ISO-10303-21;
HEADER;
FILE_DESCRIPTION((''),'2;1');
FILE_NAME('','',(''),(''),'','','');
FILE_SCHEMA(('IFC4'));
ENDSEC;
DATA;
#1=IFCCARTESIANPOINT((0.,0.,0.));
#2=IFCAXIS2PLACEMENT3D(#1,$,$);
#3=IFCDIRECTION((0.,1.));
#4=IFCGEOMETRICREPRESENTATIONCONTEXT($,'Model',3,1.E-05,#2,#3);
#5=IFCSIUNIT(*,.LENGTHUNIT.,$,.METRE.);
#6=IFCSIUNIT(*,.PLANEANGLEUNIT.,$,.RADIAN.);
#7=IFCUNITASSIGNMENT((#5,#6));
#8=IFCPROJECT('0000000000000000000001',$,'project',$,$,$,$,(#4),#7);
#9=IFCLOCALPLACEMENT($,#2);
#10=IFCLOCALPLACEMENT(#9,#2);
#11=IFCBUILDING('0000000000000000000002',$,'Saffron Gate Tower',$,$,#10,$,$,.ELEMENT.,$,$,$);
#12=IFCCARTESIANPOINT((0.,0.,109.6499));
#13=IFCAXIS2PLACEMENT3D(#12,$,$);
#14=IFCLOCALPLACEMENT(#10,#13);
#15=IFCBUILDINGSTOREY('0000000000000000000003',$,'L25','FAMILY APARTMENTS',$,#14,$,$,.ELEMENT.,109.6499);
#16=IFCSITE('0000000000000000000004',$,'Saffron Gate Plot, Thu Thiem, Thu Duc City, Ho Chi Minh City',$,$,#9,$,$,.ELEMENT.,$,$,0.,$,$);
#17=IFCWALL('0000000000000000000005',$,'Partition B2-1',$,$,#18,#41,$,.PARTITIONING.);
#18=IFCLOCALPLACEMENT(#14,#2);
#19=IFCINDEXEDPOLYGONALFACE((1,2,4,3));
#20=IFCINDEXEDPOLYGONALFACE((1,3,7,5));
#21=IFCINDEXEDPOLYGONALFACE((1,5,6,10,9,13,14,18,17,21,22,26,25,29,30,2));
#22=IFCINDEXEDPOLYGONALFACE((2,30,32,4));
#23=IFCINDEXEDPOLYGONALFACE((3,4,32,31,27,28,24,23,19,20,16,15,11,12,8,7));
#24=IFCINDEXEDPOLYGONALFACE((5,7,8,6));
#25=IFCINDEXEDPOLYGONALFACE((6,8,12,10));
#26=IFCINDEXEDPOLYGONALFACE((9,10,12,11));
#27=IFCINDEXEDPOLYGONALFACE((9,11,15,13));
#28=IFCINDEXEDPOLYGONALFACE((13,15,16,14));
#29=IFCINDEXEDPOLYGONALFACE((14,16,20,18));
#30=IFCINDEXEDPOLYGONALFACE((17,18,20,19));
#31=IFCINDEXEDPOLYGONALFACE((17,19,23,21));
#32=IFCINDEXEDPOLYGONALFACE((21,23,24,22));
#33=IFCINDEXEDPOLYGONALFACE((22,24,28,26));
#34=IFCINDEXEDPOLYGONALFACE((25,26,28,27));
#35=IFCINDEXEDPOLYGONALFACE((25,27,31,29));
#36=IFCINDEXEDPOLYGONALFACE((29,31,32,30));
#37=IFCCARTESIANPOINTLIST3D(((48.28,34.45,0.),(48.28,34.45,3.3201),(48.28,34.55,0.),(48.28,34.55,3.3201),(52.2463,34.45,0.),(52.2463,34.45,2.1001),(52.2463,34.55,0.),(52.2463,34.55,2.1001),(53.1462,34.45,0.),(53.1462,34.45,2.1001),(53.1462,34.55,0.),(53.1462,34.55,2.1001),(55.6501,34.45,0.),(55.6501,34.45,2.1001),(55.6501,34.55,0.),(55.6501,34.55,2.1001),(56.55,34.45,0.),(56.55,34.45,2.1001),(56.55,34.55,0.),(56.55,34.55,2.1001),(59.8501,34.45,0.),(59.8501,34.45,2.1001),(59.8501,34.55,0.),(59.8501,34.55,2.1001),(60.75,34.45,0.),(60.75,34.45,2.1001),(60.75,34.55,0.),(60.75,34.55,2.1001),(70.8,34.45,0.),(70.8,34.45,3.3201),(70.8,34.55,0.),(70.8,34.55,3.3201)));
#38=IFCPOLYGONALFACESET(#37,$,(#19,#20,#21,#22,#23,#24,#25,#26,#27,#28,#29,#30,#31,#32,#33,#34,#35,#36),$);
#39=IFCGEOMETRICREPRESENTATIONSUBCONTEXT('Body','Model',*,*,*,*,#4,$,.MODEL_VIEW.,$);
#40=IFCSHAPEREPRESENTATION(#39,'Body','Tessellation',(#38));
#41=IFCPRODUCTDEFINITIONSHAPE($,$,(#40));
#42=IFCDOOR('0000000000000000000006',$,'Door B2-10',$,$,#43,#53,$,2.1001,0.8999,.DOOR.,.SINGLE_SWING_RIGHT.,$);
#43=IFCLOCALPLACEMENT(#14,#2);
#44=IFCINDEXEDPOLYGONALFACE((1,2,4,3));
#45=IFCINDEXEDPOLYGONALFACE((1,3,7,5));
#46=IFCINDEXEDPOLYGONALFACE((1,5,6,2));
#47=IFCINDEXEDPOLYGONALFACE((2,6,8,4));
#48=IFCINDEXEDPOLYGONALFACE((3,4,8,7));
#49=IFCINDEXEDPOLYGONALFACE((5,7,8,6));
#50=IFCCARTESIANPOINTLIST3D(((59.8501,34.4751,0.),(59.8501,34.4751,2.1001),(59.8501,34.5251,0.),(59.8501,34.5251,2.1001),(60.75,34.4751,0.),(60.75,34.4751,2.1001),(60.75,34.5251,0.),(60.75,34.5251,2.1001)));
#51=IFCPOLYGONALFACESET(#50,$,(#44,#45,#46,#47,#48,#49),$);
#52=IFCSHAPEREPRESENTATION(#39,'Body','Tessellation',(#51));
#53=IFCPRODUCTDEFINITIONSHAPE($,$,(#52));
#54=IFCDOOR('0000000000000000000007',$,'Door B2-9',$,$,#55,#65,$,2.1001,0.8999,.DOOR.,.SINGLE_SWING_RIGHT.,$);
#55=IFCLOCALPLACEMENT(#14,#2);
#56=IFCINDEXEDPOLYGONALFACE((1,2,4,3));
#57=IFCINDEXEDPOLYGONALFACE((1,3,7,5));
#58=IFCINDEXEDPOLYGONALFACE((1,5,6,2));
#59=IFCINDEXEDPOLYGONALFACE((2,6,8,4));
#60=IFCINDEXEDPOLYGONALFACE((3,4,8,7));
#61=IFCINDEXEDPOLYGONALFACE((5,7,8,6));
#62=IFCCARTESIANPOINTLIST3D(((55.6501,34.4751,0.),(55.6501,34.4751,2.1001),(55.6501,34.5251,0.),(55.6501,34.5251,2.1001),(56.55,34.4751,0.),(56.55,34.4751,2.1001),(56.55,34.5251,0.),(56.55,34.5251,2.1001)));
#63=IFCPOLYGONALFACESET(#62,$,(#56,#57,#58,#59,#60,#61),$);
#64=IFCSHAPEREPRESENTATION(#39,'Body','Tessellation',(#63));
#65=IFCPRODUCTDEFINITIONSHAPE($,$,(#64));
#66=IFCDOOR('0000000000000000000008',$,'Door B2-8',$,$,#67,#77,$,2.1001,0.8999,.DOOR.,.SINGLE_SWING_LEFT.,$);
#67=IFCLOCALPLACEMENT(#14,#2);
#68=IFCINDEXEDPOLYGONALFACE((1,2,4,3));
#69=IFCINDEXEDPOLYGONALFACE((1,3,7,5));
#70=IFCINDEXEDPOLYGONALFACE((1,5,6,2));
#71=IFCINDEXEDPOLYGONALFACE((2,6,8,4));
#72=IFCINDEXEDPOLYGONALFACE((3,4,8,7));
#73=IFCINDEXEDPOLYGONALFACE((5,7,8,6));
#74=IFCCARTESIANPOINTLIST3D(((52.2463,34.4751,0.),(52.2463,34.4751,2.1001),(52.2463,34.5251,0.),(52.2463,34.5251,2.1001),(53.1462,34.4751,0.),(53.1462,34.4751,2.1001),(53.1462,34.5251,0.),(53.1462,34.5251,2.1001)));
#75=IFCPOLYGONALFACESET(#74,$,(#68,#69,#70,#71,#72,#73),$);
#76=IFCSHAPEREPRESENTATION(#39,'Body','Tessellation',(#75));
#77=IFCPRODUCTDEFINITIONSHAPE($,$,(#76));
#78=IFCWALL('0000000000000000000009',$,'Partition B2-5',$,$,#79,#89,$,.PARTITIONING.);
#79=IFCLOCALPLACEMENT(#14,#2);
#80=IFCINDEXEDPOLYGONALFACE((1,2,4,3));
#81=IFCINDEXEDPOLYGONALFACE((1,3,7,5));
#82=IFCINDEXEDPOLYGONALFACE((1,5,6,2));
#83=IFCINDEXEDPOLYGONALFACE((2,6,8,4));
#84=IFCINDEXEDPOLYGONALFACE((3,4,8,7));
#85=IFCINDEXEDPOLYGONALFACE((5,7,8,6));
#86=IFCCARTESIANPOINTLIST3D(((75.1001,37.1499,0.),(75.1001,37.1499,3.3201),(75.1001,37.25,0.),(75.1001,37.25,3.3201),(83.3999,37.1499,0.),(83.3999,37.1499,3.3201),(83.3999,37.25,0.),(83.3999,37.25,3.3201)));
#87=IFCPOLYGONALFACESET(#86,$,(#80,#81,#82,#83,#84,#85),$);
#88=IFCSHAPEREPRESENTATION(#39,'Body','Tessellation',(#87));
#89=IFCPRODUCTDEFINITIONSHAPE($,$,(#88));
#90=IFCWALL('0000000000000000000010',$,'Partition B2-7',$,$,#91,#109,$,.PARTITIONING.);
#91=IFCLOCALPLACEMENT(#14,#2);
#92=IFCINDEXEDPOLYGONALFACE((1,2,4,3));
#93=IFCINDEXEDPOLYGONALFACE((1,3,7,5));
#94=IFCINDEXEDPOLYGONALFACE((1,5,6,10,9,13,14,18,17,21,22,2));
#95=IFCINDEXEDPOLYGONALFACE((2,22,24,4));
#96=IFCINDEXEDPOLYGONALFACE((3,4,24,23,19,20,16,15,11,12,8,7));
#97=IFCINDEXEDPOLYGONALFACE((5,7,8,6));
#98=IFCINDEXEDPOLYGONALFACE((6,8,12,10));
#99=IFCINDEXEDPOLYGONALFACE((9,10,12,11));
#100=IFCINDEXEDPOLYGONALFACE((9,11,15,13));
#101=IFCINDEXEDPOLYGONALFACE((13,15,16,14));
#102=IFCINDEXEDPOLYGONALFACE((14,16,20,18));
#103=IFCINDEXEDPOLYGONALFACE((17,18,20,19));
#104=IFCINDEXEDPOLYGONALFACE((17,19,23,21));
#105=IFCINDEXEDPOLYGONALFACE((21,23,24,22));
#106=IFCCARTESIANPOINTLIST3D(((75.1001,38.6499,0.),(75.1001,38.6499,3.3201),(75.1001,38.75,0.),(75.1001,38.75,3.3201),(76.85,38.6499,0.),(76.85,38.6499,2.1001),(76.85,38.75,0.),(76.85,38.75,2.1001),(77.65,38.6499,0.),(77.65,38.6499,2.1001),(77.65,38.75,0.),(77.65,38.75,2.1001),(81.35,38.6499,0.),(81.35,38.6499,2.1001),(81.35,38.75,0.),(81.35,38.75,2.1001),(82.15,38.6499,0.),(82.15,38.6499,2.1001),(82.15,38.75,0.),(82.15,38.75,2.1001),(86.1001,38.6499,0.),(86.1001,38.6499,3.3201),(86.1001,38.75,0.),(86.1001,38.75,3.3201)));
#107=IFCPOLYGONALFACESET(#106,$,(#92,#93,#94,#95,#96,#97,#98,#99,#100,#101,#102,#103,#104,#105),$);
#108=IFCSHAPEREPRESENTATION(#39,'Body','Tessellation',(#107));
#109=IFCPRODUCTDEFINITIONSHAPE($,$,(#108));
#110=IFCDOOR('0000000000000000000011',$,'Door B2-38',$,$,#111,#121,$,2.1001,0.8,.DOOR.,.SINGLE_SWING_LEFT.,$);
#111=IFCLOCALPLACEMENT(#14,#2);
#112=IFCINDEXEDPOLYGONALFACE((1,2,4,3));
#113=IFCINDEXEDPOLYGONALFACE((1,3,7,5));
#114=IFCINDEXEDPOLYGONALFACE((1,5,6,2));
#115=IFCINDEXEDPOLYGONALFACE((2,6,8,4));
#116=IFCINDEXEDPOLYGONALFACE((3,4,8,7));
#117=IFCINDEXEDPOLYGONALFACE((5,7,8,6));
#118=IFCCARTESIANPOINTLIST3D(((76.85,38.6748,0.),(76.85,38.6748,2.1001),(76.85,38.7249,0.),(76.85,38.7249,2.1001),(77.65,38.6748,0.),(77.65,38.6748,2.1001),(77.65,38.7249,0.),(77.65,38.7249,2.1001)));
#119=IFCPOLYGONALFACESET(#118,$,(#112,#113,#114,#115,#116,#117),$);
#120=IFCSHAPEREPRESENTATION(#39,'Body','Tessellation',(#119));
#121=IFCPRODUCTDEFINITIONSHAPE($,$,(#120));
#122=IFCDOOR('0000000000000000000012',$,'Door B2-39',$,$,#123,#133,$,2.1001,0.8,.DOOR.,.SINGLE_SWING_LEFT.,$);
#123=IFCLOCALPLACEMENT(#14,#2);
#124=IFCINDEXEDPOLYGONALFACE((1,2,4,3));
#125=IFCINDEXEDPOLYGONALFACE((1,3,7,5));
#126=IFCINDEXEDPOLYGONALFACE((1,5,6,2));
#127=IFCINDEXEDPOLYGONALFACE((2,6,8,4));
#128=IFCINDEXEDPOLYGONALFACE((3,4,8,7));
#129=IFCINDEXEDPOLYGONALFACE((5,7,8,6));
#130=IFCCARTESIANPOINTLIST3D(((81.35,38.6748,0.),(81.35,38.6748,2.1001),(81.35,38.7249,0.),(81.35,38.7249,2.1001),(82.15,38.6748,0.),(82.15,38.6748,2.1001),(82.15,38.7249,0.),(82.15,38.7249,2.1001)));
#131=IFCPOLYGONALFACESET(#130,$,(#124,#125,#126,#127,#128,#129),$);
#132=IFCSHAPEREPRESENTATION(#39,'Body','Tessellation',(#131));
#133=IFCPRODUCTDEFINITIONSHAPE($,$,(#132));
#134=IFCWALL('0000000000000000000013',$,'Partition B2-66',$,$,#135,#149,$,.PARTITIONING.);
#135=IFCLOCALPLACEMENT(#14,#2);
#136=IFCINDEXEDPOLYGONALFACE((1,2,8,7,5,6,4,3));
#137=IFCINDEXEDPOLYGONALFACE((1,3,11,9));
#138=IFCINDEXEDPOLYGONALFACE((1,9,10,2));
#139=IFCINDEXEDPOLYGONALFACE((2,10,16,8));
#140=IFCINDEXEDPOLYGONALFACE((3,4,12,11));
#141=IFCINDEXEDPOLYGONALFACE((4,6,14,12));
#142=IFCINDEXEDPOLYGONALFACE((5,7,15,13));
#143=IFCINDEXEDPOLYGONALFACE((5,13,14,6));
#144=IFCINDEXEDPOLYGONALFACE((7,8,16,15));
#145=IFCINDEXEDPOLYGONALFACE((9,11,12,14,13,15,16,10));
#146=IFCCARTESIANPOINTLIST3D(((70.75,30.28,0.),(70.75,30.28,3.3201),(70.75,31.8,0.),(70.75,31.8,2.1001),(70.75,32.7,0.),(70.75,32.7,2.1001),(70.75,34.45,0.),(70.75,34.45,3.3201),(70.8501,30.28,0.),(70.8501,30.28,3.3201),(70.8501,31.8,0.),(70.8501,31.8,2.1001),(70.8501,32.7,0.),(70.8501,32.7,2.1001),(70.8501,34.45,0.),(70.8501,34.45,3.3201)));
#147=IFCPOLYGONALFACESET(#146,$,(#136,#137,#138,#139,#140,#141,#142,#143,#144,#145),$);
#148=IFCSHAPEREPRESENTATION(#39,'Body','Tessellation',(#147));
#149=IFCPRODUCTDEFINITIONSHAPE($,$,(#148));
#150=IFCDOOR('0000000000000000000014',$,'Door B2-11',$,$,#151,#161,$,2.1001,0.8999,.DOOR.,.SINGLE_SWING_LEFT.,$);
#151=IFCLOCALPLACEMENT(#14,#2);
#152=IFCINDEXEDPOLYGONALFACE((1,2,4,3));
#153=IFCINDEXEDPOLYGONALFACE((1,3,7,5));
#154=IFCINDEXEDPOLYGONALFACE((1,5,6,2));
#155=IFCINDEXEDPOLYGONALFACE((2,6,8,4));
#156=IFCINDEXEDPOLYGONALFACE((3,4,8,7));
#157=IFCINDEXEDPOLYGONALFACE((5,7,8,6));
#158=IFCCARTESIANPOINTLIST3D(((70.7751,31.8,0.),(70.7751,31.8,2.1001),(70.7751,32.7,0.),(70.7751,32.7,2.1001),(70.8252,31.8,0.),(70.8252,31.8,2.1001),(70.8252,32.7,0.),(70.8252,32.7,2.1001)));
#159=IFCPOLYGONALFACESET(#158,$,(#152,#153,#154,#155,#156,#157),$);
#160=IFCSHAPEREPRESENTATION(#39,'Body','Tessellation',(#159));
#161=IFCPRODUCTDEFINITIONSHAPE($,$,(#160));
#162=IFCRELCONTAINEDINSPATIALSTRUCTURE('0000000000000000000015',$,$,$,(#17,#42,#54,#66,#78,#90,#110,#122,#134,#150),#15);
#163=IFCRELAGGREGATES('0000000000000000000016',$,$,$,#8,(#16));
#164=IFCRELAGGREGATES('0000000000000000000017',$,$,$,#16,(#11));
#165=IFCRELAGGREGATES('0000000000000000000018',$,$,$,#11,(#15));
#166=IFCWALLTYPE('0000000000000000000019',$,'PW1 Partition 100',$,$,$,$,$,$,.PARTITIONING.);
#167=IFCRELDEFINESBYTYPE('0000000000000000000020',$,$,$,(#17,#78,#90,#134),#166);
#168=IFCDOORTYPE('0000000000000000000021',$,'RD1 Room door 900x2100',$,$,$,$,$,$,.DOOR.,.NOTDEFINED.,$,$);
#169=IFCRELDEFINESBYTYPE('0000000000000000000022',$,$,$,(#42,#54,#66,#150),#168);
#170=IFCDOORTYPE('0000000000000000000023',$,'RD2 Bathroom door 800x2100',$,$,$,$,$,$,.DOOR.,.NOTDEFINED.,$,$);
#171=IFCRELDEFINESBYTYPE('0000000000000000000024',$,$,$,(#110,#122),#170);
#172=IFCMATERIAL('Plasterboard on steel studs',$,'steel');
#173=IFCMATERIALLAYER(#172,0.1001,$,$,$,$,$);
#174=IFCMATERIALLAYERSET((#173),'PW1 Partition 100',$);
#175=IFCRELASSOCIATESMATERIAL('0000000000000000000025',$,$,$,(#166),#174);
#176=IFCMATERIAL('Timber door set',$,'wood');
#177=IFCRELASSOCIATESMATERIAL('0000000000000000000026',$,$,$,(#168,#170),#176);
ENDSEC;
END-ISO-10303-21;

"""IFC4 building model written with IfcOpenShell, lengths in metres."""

from ifc_helpers import new_model, si_unit, direction, frame, frame_2d, origin, place, context, subcontext, project, spatial, rectangle, extrude, material, layer, layer_set, type_object, element, fill, save


model = new_model("IFC4")

# Units and contexts
model_context = context("Model", 3, precision=1e-05, world=origin(), true_north=direction((0.0, 1.0)))
body_context = subcontext(model_context, "Body", "Model", "MODEL_VIEW")
ifc_project = project(units=[si_unit("LENGTHUNIT", "METRE"), si_unit("PLANEANGLEUNIT", "RADIAN")], contexts=[model_context])

# Site, building, storey
site_placement = place(None, origin())
site = spatial("IfcSite", under=ifc_project, at=site_placement, Name="Saffron Gate Plot, Thu Thiem, Thu Duc City, Ho Chi Minh City", CompositionType="ELEMENT", RefElevation=0.0)
building_placement = place(site_placement, origin())
building = spatial("IfcBuilding", under=site, at=building_placement, Name="Saffron Gate Tower", CompositionType="ELEMENT")
storey_placement = place(building_placement, frame((0.0, 0.0, 109.6499)))
storey = spatial("IfcBuildingStorey", under=building, at=storey_placement, Name="L25", Description="FAMILY APARTMENTS", CompositionType="ELEMENT", Elevation=109.6499)

# Wall, openings, doors
ifc_material_1 = material(Name="Plasterboard on steel studs", Category="steel")
ifc_layer_1 = layer(ifc_material_1, 0.1001)
ifc_layer_set_1 = layer_set([ifc_layer_1], Name="PW1 Partition 100")
wall_type_1 = type_object("IfcWallType", Name="PW1 Partition 100", PredefinedType="PARTITIONING", material=ifc_layer_set_1)
wall_1_placement = place(storey_placement, frame((70.8, 34.5, 0.0), z_axis=(0.0, 0.0, 1.0), x_axis=(-1.0, 0.0, 0.0)))
wall_1 = element("IfcWall", 1, at=wall_1_placement, inside=storey, type_object=wall_type_1, Name="Partition B2-1", PredefinedType="PARTITIONING", context=body_context, shape_type="SweptSolid", body=[
    extrude(rectangle(XDim=22.52, YDim=0.1001, at=frame_2d((11.26, 0.0))), origin(), (0.0, 0.0, 1.0), 3.3201),
])
opening_1_placement = place(wall_1_placement, frame((10.05, 0.0, 0.0)))
opening_1 = element("IfcOpeningElement", 2, at=opening_1_placement, cuts=wall_1, PredefinedType="OPENING", context=body_context, shape_type="SweptSolid", body=[
    extrude(rectangle(XDim=0.8999, YDim=2.1001, at=frame_2d((0.45, 1.05))), frame((0.0, 0.0601, 0.0), z_axis=(0.0, -1.0, 0.0), x_axis=(1.0, 0.0, 0.0)), (0.0, 0.0, 1.0), 0.1201),
])
opening_2_placement = place(wall_1_placement, frame((14.25, 0.0, 0.0)))
opening_2 = element("IfcOpeningElement", 3, at=opening_2_placement, cuts=wall_1, PredefinedType="OPENING", context=body_context, shape_type="SweptSolid", body=[
    extrude(rectangle(XDim=0.8999, YDim=2.1001, at=frame_2d((0.45, 1.05))), frame((0.0, 0.0601, 0.0), z_axis=(0.0, -1.0, 0.0), x_axis=(1.0, 0.0, 0.0)), (0.0, 0.0, 1.0), 0.1201),
])
opening_3_placement = place(wall_1_placement, frame((17.6538, 0.0, 0.0)))
opening_3 = element("IfcOpeningElement", 4, at=opening_3_placement, cuts=wall_1, PredefinedType="OPENING", context=body_context, shape_type="SweptSolid", body=[
    extrude(rectangle(XDim=0.8999, YDim=2.1001, at=frame_2d((0.45, 1.05))), frame((0.0, 0.0601, 0.0), z_axis=(0.0, -1.0, 0.0), x_axis=(1.0, 0.0, 0.0)), (0.0, 0.0, 1.0), 0.1201),
])
ifc_material_2 = material(Name="Timber door set", Category="wood")
door_type_1 = type_object("IfcDoorType", Name="RD1 Room door 900x2100", OperationType="NOTDEFINED", PredefinedType="DOOR", material=ifc_material_2)
door_1_placement = place(opening_1_placement, origin())
door_1 = element("IfcDoor", 5, at=door_1_placement, inside=storey, type_object=door_type_1, Name="Door B2-10", OperationType="SINGLE_SWING_RIGHT", OverallHeight=2.1001, OverallWidth=0.8999, PredefinedType="DOOR", context=body_context, shape_type="SweptSolid", body=[
    extrude(rectangle(XDim=0.8999, YDim=2.1001, at=frame_2d((0.45, 1.05))), frame((0.0, 0.0249, 0.0), z_axis=(0.0, -1.0, 0.0), x_axis=(1.0, 0.0, 0.0)), (0.0, 0.0, 1.0), 0.05),
])
fill(opening_1, door_1)
door_2_placement = place(opening_2_placement, origin())
door_2 = element("IfcDoor", 6, at=door_2_placement, inside=storey, type_object=door_type_1, Name="Door B2-9", OperationType="SINGLE_SWING_RIGHT", OverallHeight=2.1001, OverallWidth=0.8999, PredefinedType="DOOR", context=body_context, shape_type="SweptSolid", body=[
    extrude(rectangle(XDim=0.8999, YDim=2.1001, at=frame_2d((0.45, 1.05))), frame((0.0, 0.0249, 0.0), z_axis=(0.0, -1.0, 0.0), x_axis=(1.0, 0.0, 0.0)), (0.0, 0.0, 1.0), 0.05),
])
fill(opening_2, door_2)
door_3_placement = place(opening_3_placement, origin())
door_3 = element("IfcDoor", 7, at=door_3_placement, inside=storey, type_object=door_type_1, Name="Door B2-8", OperationType="SINGLE_SWING_LEFT", OverallHeight=2.1001, OverallWidth=0.8999, PredefinedType="DOOR", context=body_context, shape_type="SweptSolid", body=[
    extrude(rectangle(XDim=0.8999, YDim=2.1001, at=frame_2d((0.45, 1.05))), frame((0.0, 0.0249, 0.0), z_axis=(0.0, -1.0, 0.0), x_axis=(1.0, 0.0, 0.0)), (0.0, 0.0, 1.0), 0.05),
])
fill(opening_3, door_3)

# Wall
wall_2_placement = place(storey_placement, frame((75.1001, 37.2, 0.0), z_axis=(0.0, 0.0, 1.0), x_axis=(1.0, 0.0, 0.0)))
element("IfcWall", 8, at=wall_2_placement, inside=storey, type_object=wall_type_1, Name="Partition B2-5", PredefinedType="PARTITIONING", context=body_context, shape_type="SweptSolid", body=[
    extrude(rectangle(XDim=8.2998, YDim=0.1001, at=frame_2d((4.1499, 0.0))), origin(), (0.0, 0.0, 1.0), 3.3201),
])

# Wall, openings, doors
wall_3_placement = place(storey_placement, frame((75.1001, 38.7, 0.0), z_axis=(0.0, 0.0, 1.0), x_axis=(1.0, 0.0, 0.0)))
wall_3 = element("IfcWall", 9, at=wall_3_placement, inside=storey, type_object=wall_type_1, Name="Partition B2-7", PredefinedType="PARTITIONING", context=body_context, shape_type="SweptSolid", body=[
    extrude(rectangle(XDim=11.0, YDim=0.1001, at=frame_2d((5.5, 0.0))), origin(), (0.0, 0.0, 1.0), 3.3201),
])
opening_4_placement = place(wall_3_placement, frame((1.75, 0.0, 0.0)))
opening_4 = element("IfcOpeningElement", 10, at=opening_4_placement, cuts=wall_3, PredefinedType="OPENING", context=body_context, shape_type="SweptSolid", body=[
    extrude(rectangle(XDim=0.8, YDim=2.1001, at=frame_2d((0.3999, 1.05))), frame((0.0, 0.0601, 0.0), z_axis=(0.0, -1.0, 0.0), x_axis=(1.0, 0.0, 0.0)), (0.0, 0.0, 1.0), 0.1201),
])
opening_5_placement = place(wall_3_placement, frame((6.25, 0.0, 0.0)))
opening_5 = element("IfcOpeningElement", 11, at=opening_5_placement, cuts=wall_3, PredefinedType="OPENING", context=body_context, shape_type="SweptSolid", body=[
    extrude(rectangle(XDim=0.8, YDim=2.1001, at=frame_2d((0.3999, 1.05))), frame((0.0, 0.0601, 0.0), z_axis=(0.0, -1.0, 0.0), x_axis=(1.0, 0.0, 0.0)), (0.0, 0.0, 1.0), 0.1201),
])
door_type_2 = type_object("IfcDoorType", Name="RD2 Bathroom door 800x2100", OperationType="NOTDEFINED", PredefinedType="DOOR", material=ifc_material_2)
door_4_placement = place(opening_4_placement, origin())
door_4 = element("IfcDoor", 12, at=door_4_placement, inside=storey, type_object=door_type_2, Name="Door B2-38", OperationType="SINGLE_SWING_LEFT", OverallHeight=2.1001, OverallWidth=0.8, PredefinedType="DOOR", context=body_context, shape_type="SweptSolid", body=[
    extrude(rectangle(XDim=0.8, YDim=2.1001, at=frame_2d((0.3999, 1.05))), frame((0.0, 0.0249, 0.0), z_axis=(0.0, -1.0, 0.0), x_axis=(1.0, 0.0, 0.0)), (0.0, 0.0, 1.0), 0.05),
])
fill(opening_4, door_4)
door_5_placement = place(opening_5_placement, origin())
door_5 = element("IfcDoor", 13, at=door_5_placement, inside=storey, type_object=door_type_2, Name="Door B2-39", OperationType="SINGLE_SWING_LEFT", OverallHeight=2.1001, OverallWidth=0.8, PredefinedType="DOOR", context=body_context, shape_type="SweptSolid", body=[
    extrude(rectangle(XDim=0.8, YDim=2.1001, at=frame_2d((0.3999, 1.05))), frame((0.0, 0.0249, 0.0), z_axis=(0.0, -1.0, 0.0), x_axis=(1.0, 0.0, 0.0)), (0.0, 0.0, 1.0), 0.05),
])
fill(opening_5, door_5)

# Wall, opening, door
wall_4_placement = place(storey_placement, frame((70.8, 30.28, 0.0), z_axis=(0.0, 0.0, 1.0), x_axis=(0.0, 1.0, 0.0)))
wall_4 = element("IfcWall", 14, at=wall_4_placement, inside=storey, type_object=wall_type_1, Name="Partition B2-66", PredefinedType="PARTITIONING", context=body_context, shape_type="SweptSolid", body=[
    extrude(rectangle(XDim=4.1699, YDim=0.1001, at=frame_2d((2.085, 0.0))), origin(), (0.0, 0.0, 1.0), 3.3201),
])
opening_6_placement = place(wall_4_placement, frame((1.52, 0.0, 0.0)))
opening_6 = element("IfcOpeningElement", 15, at=opening_6_placement, cuts=wall_4, PredefinedType="OPENING", context=body_context, shape_type="SweptSolid", body=[
    extrude(rectangle(XDim=0.8999, YDim=2.1001, at=frame_2d((0.45, 1.05))), frame((0.0, 0.0601, 0.0), z_axis=(0.0, -1.0, 0.0), x_axis=(1.0, 0.0, 0.0)), (0.0, 0.0, 1.0), 0.1201),
])
door_6_placement = place(opening_6_placement, origin())
door_6 = element("IfcDoor", 16, at=door_6_placement, inside=storey, type_object=door_type_1, Name="Door B2-11", OperationType="SINGLE_SWING_LEFT", OverallHeight=2.1001, OverallWidth=0.8999, PredefinedType="DOOR", context=body_context, shape_type="SweptSolid", body=[
    extrude(rectangle(XDim=0.8999, YDim=2.1001, at=frame_2d((0.45, 1.05))), frame((0.0, 0.0249, 0.0), z_axis=(0.0, -1.0, 0.0), x_axis=(1.0, 0.0, 0.0)), (0.0, 0.0, 1.0), 0.05),
])
fill(opening_6, door_6)

save(model, "model.ifc")
